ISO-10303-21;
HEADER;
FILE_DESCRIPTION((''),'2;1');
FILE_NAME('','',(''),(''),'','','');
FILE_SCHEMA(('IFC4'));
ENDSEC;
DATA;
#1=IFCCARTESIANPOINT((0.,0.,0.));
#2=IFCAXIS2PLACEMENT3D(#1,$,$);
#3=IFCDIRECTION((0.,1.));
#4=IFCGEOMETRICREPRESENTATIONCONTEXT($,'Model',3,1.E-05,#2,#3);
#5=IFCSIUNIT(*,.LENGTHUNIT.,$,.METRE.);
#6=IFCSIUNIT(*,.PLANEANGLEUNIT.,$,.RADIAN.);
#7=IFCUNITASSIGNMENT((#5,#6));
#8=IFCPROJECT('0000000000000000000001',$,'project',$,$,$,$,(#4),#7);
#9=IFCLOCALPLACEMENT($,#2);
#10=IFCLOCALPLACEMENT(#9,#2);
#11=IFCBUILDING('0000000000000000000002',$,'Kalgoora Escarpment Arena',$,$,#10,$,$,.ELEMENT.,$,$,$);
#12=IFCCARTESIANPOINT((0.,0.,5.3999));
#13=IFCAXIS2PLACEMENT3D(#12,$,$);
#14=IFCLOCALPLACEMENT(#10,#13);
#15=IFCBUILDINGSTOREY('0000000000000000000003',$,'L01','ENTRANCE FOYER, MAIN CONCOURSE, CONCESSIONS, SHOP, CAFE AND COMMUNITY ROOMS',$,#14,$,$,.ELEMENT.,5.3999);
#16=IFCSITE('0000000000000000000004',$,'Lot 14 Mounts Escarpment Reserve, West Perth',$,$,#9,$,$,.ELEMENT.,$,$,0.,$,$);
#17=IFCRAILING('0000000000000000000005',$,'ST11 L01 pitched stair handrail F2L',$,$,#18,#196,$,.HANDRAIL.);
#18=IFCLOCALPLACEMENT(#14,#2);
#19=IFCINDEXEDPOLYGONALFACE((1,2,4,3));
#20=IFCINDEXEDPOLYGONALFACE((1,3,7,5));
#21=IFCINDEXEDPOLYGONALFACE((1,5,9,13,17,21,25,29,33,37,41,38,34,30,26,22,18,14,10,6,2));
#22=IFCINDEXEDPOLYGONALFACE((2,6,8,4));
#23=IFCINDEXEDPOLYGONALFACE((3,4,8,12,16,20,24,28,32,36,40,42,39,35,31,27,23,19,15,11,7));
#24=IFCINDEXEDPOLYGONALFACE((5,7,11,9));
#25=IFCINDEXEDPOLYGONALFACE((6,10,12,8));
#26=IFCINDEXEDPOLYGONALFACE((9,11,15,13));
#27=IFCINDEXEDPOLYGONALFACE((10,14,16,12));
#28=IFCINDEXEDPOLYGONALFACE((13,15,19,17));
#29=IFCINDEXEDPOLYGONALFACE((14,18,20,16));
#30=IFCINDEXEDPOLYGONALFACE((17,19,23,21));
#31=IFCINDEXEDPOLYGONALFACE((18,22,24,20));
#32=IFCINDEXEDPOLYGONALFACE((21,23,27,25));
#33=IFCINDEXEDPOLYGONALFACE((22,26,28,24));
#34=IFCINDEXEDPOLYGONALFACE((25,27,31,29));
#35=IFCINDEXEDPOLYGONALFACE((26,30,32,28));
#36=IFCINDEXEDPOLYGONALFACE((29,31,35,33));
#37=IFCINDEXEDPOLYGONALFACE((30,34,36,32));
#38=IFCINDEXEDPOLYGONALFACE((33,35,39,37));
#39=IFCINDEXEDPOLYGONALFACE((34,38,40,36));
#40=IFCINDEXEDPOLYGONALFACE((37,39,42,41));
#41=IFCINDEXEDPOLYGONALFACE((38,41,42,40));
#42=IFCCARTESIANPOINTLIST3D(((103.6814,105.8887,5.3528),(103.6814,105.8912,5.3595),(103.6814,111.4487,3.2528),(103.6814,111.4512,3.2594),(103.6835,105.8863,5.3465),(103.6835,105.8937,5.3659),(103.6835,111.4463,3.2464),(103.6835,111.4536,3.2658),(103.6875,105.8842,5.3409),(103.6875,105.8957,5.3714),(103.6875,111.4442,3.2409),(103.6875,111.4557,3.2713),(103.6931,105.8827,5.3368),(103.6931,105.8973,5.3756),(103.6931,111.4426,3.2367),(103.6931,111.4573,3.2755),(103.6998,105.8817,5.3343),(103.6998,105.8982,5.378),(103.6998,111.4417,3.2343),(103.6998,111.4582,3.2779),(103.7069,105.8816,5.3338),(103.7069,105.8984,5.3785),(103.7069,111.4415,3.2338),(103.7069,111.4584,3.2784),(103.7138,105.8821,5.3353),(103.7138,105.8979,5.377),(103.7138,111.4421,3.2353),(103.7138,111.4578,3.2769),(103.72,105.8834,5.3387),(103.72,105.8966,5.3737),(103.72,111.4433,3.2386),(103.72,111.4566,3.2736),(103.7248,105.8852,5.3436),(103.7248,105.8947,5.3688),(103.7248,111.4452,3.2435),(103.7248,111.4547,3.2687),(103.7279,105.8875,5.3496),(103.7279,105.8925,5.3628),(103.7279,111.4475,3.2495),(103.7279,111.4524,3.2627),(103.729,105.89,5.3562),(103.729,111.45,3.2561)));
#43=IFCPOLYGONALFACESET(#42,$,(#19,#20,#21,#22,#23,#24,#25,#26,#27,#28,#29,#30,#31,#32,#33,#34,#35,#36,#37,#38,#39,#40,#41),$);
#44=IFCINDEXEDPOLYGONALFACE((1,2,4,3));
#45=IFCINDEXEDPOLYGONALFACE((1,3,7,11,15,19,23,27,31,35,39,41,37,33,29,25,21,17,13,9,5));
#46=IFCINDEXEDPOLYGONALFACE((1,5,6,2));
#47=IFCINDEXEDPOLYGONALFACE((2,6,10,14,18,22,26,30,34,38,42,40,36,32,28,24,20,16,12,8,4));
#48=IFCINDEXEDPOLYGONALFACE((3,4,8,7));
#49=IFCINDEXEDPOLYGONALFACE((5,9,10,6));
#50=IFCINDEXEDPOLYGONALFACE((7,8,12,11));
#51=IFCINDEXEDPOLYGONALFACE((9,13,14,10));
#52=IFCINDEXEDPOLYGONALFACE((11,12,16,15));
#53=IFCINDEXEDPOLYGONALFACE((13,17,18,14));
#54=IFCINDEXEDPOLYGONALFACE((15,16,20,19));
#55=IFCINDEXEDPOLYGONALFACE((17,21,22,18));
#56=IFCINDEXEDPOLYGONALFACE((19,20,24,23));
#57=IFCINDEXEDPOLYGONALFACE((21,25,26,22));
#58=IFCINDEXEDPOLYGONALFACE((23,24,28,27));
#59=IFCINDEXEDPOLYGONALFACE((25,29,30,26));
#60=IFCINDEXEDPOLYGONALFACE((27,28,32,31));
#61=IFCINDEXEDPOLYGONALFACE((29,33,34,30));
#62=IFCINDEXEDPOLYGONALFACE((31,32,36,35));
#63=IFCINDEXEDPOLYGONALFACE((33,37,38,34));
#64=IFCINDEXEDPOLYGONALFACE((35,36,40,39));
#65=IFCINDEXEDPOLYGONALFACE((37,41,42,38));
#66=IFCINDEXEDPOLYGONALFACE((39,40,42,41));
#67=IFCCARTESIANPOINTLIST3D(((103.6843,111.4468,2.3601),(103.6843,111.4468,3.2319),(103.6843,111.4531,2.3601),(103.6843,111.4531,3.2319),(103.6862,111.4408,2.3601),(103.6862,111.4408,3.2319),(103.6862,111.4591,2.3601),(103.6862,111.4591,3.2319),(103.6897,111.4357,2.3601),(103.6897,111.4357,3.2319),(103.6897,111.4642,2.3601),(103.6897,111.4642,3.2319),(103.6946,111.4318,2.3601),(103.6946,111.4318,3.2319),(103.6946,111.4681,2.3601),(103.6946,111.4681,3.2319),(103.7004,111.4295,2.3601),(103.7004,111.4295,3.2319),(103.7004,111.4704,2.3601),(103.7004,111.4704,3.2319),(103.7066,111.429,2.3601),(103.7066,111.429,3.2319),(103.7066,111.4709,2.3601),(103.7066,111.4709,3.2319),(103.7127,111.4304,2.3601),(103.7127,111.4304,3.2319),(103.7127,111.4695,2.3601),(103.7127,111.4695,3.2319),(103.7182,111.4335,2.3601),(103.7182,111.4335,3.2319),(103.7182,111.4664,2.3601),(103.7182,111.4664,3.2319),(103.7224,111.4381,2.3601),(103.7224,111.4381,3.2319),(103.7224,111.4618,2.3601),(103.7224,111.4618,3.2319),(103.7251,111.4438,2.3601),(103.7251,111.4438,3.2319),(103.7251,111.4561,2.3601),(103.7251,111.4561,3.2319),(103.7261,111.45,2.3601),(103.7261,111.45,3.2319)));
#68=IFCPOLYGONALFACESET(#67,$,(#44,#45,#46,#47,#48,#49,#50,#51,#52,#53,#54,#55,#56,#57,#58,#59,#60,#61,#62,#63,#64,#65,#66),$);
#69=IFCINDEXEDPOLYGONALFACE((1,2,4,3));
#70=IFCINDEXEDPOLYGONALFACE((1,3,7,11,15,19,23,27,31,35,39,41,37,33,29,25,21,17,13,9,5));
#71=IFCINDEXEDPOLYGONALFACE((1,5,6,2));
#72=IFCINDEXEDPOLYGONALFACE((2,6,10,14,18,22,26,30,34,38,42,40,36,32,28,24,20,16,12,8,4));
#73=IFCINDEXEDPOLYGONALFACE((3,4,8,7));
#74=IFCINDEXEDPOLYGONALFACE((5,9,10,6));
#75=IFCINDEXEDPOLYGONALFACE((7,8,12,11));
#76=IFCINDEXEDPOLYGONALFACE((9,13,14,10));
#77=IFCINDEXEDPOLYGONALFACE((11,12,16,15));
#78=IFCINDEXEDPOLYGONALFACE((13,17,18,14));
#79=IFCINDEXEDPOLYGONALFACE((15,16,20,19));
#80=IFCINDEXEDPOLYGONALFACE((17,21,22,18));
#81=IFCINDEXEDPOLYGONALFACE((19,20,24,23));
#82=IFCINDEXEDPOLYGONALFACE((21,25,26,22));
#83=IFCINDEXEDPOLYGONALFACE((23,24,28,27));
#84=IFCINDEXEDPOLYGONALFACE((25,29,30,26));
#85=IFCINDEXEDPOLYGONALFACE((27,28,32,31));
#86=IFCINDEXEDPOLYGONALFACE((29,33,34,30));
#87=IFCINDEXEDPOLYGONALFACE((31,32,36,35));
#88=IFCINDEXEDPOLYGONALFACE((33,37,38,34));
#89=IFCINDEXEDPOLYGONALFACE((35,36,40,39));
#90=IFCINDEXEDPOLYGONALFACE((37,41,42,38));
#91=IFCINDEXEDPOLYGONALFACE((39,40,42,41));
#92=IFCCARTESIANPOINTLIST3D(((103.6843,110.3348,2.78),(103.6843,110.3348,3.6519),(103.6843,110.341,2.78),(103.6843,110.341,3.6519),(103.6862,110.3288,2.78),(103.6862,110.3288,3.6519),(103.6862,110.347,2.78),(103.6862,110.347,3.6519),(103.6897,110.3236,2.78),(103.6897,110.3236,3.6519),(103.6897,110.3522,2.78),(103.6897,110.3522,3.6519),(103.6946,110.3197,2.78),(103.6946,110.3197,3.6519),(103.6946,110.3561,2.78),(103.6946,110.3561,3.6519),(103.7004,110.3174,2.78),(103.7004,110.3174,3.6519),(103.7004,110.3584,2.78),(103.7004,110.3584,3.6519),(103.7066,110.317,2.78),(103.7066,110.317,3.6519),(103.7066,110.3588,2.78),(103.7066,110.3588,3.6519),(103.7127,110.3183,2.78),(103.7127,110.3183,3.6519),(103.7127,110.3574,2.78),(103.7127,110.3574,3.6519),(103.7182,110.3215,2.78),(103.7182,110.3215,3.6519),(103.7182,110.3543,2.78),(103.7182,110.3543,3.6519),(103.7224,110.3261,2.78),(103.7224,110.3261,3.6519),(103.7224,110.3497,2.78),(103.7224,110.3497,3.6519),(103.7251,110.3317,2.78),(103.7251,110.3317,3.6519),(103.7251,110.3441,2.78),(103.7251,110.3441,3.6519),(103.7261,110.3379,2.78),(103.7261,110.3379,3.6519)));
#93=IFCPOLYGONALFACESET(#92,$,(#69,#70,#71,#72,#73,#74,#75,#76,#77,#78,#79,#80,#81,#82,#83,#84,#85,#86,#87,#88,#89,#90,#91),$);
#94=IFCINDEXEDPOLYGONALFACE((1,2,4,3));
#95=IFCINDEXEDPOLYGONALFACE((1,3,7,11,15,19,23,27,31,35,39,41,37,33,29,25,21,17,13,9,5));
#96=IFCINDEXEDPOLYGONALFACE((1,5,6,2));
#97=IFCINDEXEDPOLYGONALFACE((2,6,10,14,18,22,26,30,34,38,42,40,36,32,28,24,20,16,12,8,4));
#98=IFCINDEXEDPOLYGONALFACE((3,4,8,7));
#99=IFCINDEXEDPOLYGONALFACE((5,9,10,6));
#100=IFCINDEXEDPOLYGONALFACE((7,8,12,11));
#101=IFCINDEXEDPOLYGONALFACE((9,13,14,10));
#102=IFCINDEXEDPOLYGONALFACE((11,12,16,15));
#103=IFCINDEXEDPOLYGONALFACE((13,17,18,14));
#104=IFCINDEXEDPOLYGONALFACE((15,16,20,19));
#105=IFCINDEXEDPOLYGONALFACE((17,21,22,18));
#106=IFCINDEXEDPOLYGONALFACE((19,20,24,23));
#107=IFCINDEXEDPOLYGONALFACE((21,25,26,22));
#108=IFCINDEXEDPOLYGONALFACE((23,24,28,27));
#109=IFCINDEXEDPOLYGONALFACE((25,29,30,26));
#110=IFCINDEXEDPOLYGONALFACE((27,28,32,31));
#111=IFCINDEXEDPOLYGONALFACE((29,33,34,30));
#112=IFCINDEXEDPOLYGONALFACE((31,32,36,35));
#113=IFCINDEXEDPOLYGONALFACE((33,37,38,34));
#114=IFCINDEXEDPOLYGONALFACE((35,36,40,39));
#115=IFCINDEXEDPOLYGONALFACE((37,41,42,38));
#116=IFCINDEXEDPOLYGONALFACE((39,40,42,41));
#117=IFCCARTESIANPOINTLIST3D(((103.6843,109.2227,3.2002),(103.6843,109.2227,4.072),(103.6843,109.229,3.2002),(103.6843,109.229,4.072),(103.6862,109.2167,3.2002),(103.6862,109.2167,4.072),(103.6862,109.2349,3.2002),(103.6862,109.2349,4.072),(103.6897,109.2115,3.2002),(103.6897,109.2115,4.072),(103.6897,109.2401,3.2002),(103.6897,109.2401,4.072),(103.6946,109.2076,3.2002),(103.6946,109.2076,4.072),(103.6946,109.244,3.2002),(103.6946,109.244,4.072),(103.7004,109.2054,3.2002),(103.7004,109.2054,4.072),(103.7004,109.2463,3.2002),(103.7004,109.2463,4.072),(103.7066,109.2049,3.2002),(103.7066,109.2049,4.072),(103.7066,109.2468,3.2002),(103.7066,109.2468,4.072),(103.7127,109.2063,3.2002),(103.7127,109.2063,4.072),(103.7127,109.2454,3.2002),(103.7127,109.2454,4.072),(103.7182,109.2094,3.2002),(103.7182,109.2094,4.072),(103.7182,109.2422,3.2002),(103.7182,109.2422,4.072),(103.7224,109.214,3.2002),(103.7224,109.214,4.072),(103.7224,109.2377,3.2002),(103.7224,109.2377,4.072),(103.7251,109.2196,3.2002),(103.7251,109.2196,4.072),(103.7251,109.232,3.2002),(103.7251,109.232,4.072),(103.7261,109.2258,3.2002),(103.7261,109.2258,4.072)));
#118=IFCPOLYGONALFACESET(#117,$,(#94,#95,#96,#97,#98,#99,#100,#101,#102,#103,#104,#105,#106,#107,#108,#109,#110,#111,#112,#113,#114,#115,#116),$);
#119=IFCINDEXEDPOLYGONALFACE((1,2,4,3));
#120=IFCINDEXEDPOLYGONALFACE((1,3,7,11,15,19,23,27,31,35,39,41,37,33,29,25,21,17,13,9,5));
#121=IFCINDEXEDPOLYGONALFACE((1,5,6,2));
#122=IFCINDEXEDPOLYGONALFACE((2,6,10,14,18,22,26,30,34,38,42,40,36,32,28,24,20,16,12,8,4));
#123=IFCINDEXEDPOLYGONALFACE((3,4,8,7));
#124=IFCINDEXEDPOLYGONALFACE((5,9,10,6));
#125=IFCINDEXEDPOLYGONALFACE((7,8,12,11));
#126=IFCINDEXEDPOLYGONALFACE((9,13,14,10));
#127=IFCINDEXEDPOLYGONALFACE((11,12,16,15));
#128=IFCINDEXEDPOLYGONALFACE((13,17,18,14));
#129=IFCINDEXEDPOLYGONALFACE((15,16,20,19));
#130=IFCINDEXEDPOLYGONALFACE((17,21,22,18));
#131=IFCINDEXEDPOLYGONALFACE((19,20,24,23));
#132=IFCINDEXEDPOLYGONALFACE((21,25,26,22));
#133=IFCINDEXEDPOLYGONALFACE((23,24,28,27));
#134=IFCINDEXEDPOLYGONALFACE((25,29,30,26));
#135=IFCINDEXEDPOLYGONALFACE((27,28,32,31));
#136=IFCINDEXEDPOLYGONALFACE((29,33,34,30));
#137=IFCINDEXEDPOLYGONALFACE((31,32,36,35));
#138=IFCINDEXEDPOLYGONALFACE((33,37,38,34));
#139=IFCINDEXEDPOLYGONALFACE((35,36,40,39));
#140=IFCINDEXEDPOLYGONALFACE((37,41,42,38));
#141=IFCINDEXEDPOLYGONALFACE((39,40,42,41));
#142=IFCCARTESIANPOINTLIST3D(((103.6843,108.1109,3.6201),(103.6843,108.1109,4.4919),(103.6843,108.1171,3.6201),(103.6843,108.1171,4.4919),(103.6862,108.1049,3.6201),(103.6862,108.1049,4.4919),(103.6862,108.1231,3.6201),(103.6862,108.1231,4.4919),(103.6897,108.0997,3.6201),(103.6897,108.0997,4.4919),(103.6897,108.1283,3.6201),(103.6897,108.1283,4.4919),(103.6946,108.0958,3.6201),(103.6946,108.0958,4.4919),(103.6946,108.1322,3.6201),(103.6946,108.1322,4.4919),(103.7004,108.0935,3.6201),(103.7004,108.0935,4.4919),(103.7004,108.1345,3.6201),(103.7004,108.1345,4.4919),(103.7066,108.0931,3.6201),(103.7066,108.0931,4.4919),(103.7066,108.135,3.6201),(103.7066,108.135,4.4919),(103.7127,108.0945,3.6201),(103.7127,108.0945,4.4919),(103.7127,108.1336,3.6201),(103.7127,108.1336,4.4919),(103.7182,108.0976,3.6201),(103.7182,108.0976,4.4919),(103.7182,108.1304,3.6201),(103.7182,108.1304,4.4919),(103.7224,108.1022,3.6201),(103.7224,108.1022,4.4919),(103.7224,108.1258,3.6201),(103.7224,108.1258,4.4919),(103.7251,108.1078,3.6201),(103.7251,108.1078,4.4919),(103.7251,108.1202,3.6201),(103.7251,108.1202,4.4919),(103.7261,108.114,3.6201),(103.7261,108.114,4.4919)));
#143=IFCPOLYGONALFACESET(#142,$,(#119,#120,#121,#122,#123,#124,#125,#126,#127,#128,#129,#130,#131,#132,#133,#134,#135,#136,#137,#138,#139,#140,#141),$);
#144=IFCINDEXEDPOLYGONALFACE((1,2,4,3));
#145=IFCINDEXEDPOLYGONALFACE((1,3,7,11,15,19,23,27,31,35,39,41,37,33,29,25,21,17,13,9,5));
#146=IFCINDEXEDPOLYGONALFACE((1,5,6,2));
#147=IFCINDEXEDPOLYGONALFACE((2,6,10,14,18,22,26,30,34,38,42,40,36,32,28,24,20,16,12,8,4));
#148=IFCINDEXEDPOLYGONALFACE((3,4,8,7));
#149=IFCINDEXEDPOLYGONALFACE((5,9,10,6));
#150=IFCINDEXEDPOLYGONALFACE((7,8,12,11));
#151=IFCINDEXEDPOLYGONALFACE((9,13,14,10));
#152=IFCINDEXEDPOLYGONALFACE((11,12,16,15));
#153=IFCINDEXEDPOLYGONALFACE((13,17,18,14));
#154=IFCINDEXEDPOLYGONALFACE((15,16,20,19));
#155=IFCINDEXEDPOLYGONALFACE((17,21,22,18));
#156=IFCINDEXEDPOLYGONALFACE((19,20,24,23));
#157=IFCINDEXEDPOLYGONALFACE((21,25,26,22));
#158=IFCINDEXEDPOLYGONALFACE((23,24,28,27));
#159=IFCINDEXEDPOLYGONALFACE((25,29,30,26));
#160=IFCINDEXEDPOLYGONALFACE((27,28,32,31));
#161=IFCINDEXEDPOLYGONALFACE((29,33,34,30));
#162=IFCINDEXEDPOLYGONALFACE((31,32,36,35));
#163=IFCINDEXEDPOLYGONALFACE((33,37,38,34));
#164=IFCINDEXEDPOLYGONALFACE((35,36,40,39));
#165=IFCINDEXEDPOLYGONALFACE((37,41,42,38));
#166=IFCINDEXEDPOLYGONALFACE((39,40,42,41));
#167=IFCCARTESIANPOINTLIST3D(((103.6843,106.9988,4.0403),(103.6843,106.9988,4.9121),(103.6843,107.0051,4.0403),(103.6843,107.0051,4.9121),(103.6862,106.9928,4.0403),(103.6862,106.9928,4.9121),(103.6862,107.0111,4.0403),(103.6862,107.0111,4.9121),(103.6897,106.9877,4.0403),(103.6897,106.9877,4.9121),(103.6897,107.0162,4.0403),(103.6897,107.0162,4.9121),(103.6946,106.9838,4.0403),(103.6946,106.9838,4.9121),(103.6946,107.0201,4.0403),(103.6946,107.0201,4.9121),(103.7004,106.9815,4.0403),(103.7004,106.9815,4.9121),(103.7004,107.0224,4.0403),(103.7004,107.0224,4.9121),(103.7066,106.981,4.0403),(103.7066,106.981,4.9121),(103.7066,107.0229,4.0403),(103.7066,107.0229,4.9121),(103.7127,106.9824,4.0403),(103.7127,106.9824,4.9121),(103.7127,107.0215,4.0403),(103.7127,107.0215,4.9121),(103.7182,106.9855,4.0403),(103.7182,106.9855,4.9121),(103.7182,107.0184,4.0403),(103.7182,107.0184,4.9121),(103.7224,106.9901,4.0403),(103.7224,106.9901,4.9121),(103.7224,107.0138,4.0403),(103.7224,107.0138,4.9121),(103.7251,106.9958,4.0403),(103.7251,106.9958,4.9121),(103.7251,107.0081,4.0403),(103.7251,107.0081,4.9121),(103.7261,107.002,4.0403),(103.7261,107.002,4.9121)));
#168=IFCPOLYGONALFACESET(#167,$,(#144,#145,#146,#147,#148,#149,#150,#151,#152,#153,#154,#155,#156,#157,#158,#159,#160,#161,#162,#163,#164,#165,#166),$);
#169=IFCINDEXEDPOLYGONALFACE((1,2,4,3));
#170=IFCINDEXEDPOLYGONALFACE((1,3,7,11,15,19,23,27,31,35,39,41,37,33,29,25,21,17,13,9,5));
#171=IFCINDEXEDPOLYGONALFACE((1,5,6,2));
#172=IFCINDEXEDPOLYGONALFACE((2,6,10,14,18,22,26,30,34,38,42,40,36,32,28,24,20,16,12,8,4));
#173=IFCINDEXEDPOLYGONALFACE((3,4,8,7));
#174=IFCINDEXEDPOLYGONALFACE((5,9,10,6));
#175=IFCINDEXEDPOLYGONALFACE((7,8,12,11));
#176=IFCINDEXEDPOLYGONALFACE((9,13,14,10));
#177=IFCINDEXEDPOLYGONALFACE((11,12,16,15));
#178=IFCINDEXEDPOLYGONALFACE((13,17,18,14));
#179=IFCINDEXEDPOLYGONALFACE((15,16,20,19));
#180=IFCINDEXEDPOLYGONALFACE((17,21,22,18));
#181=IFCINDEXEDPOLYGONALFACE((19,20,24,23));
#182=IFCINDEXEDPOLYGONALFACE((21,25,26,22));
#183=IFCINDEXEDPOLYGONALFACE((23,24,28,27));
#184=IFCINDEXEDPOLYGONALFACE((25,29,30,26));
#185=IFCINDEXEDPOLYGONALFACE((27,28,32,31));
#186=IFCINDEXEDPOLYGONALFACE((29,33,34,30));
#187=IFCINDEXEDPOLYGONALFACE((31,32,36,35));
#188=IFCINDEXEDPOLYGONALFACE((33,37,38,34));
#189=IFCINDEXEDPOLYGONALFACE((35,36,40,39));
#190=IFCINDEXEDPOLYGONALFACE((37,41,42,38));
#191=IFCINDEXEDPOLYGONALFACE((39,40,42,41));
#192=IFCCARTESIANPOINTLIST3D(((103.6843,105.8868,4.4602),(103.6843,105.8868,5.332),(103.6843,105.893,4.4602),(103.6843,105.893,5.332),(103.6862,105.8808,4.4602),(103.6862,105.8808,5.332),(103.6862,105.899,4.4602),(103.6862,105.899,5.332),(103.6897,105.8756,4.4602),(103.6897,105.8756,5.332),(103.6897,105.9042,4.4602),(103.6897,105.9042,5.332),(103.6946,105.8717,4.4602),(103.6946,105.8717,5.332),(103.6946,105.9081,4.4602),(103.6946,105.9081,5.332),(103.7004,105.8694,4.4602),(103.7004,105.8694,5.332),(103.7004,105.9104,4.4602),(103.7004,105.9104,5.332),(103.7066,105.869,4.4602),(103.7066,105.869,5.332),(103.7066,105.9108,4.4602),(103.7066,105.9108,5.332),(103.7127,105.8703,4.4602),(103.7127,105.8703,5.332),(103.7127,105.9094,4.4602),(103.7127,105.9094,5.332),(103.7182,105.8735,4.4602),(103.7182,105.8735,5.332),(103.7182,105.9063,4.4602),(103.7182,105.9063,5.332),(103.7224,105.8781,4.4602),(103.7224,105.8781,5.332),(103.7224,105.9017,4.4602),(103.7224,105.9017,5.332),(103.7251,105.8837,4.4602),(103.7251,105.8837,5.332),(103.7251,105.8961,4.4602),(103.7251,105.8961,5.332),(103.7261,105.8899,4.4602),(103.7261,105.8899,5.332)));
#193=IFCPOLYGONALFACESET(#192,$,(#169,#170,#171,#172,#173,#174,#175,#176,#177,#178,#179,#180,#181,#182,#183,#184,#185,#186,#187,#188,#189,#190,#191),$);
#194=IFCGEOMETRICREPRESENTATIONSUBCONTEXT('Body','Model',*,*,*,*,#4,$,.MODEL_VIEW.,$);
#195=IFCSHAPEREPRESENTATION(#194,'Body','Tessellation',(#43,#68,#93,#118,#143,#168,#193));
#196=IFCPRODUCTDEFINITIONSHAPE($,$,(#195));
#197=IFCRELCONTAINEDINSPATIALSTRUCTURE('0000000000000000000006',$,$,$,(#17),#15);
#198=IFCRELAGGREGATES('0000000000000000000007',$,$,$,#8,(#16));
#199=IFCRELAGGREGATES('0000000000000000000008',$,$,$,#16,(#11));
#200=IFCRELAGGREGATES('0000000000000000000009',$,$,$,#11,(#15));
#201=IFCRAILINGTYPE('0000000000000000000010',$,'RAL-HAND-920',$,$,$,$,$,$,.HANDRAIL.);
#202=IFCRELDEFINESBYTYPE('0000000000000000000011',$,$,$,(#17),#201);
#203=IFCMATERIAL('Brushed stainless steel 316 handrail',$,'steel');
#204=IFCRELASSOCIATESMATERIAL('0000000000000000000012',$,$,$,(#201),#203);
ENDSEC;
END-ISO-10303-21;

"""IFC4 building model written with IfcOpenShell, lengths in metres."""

from ifc_helpers import new_model, si_unit, direction, frame, origin, origin_2d, place, context, subcontext, project, spatial, circle, extrude, material, type_object, element, save


model = new_model("IFC4")

# Units and contexts
model_context = context("Model", 3, precision=1e-05, world=origin(), true_north=direction((0.0, 1.0)))
body_context = subcontext(model_context, "Body", "Model", "MODEL_VIEW")
ifc_project = project(units=[si_unit("LENGTHUNIT", "METRE"), si_unit("PLANEANGLEUNIT", "RADIAN")], contexts=[model_context])

# Site, building, storey
site_placement = place(None, origin())
site = spatial("IfcSite", under=ifc_project, at=site_placement, Name="Lot 14 Mounts Escarpment Reserve, West Perth", CompositionType="ELEMENT", RefElevation=0.0)
building_placement = place(site_placement, origin())
building = spatial("IfcBuilding", under=site, at=building_placement, Name="Kalgoora Escarpment Arena", CompositionType="ELEMENT")
storey_placement = place(building_placement, frame((0.0, 0.0, 5.3999)))
storey = spatial("IfcBuildingStorey", under=building, at=storey_placement, Name="L01", Description="ENTRANCE FOYER, MAIN CONCOURSE, CONCESSIONS, SHOP, CAFE AND COMMUNITY ROOMS", CompositionType="ELEMENT", Elevation=5.3999)

# Railing
ifc_material_1 = material(Name="Brushed stainless steel 316 handrail", Category="steel")
railing_type_1 = type_object("IfcRailingType", Name="RAL-HAND-920", PredefinedType="HANDRAIL", material=ifc_material_1)
for number, where, name in (
    (1, (103.7051, 111.45, 2.3601), "ST11 L01 pitched stair handrail F2L"),
):
    element("IfcRailing", number, at=place(storey_placement, frame(where)), inside=storey, type_object=railing_type_1, Name=name, PredefinedType="HANDRAIL", context=body_context, shape_type="SweptSolid", body=[
        extrude(circle(Radius=0.0239, at=origin_2d()), frame((0.0, 0.0, 0.896), z_axis=(0.0, -0.935493, 0.353346), x_axis=(1.0, 0.0, 0.0)), (0.0, 0.0, 1.0), 5.9434),
        extrude(circle(Radius=0.021, at=origin_2d()), origin(), (0.0, 0.0, 1.0), 0.8718),
        extrude(circle(Radius=0.021, at=origin_2d()), frame((0.0, -1.1121, 0.4199)), (0.0, 0.0, 1.0), 0.8718),
        extrude(circle(Radius=0.021, at=origin_2d()), frame((0.0, -2.2241, 0.8401)), (0.0, 0.0, 1.0), 0.8718),
        extrude(circle(Radius=0.021, at=origin_2d()), frame((0.0, -3.3359, 1.26)), (0.0, 0.0, 1.0), 0.8718),
        extrude(circle(Radius=0.021, at=origin_2d()), frame((0.0, -4.448, 1.6802)), (0.0, 0.0, 1.0), 0.8718),
        extrude(circle(Radius=0.021, at=origin_2d()), frame((0.0, -5.5601, 2.1001)), (0.0, 0.0, 1.0), 0.8718),
    ])

save(model, "model.ifc")
